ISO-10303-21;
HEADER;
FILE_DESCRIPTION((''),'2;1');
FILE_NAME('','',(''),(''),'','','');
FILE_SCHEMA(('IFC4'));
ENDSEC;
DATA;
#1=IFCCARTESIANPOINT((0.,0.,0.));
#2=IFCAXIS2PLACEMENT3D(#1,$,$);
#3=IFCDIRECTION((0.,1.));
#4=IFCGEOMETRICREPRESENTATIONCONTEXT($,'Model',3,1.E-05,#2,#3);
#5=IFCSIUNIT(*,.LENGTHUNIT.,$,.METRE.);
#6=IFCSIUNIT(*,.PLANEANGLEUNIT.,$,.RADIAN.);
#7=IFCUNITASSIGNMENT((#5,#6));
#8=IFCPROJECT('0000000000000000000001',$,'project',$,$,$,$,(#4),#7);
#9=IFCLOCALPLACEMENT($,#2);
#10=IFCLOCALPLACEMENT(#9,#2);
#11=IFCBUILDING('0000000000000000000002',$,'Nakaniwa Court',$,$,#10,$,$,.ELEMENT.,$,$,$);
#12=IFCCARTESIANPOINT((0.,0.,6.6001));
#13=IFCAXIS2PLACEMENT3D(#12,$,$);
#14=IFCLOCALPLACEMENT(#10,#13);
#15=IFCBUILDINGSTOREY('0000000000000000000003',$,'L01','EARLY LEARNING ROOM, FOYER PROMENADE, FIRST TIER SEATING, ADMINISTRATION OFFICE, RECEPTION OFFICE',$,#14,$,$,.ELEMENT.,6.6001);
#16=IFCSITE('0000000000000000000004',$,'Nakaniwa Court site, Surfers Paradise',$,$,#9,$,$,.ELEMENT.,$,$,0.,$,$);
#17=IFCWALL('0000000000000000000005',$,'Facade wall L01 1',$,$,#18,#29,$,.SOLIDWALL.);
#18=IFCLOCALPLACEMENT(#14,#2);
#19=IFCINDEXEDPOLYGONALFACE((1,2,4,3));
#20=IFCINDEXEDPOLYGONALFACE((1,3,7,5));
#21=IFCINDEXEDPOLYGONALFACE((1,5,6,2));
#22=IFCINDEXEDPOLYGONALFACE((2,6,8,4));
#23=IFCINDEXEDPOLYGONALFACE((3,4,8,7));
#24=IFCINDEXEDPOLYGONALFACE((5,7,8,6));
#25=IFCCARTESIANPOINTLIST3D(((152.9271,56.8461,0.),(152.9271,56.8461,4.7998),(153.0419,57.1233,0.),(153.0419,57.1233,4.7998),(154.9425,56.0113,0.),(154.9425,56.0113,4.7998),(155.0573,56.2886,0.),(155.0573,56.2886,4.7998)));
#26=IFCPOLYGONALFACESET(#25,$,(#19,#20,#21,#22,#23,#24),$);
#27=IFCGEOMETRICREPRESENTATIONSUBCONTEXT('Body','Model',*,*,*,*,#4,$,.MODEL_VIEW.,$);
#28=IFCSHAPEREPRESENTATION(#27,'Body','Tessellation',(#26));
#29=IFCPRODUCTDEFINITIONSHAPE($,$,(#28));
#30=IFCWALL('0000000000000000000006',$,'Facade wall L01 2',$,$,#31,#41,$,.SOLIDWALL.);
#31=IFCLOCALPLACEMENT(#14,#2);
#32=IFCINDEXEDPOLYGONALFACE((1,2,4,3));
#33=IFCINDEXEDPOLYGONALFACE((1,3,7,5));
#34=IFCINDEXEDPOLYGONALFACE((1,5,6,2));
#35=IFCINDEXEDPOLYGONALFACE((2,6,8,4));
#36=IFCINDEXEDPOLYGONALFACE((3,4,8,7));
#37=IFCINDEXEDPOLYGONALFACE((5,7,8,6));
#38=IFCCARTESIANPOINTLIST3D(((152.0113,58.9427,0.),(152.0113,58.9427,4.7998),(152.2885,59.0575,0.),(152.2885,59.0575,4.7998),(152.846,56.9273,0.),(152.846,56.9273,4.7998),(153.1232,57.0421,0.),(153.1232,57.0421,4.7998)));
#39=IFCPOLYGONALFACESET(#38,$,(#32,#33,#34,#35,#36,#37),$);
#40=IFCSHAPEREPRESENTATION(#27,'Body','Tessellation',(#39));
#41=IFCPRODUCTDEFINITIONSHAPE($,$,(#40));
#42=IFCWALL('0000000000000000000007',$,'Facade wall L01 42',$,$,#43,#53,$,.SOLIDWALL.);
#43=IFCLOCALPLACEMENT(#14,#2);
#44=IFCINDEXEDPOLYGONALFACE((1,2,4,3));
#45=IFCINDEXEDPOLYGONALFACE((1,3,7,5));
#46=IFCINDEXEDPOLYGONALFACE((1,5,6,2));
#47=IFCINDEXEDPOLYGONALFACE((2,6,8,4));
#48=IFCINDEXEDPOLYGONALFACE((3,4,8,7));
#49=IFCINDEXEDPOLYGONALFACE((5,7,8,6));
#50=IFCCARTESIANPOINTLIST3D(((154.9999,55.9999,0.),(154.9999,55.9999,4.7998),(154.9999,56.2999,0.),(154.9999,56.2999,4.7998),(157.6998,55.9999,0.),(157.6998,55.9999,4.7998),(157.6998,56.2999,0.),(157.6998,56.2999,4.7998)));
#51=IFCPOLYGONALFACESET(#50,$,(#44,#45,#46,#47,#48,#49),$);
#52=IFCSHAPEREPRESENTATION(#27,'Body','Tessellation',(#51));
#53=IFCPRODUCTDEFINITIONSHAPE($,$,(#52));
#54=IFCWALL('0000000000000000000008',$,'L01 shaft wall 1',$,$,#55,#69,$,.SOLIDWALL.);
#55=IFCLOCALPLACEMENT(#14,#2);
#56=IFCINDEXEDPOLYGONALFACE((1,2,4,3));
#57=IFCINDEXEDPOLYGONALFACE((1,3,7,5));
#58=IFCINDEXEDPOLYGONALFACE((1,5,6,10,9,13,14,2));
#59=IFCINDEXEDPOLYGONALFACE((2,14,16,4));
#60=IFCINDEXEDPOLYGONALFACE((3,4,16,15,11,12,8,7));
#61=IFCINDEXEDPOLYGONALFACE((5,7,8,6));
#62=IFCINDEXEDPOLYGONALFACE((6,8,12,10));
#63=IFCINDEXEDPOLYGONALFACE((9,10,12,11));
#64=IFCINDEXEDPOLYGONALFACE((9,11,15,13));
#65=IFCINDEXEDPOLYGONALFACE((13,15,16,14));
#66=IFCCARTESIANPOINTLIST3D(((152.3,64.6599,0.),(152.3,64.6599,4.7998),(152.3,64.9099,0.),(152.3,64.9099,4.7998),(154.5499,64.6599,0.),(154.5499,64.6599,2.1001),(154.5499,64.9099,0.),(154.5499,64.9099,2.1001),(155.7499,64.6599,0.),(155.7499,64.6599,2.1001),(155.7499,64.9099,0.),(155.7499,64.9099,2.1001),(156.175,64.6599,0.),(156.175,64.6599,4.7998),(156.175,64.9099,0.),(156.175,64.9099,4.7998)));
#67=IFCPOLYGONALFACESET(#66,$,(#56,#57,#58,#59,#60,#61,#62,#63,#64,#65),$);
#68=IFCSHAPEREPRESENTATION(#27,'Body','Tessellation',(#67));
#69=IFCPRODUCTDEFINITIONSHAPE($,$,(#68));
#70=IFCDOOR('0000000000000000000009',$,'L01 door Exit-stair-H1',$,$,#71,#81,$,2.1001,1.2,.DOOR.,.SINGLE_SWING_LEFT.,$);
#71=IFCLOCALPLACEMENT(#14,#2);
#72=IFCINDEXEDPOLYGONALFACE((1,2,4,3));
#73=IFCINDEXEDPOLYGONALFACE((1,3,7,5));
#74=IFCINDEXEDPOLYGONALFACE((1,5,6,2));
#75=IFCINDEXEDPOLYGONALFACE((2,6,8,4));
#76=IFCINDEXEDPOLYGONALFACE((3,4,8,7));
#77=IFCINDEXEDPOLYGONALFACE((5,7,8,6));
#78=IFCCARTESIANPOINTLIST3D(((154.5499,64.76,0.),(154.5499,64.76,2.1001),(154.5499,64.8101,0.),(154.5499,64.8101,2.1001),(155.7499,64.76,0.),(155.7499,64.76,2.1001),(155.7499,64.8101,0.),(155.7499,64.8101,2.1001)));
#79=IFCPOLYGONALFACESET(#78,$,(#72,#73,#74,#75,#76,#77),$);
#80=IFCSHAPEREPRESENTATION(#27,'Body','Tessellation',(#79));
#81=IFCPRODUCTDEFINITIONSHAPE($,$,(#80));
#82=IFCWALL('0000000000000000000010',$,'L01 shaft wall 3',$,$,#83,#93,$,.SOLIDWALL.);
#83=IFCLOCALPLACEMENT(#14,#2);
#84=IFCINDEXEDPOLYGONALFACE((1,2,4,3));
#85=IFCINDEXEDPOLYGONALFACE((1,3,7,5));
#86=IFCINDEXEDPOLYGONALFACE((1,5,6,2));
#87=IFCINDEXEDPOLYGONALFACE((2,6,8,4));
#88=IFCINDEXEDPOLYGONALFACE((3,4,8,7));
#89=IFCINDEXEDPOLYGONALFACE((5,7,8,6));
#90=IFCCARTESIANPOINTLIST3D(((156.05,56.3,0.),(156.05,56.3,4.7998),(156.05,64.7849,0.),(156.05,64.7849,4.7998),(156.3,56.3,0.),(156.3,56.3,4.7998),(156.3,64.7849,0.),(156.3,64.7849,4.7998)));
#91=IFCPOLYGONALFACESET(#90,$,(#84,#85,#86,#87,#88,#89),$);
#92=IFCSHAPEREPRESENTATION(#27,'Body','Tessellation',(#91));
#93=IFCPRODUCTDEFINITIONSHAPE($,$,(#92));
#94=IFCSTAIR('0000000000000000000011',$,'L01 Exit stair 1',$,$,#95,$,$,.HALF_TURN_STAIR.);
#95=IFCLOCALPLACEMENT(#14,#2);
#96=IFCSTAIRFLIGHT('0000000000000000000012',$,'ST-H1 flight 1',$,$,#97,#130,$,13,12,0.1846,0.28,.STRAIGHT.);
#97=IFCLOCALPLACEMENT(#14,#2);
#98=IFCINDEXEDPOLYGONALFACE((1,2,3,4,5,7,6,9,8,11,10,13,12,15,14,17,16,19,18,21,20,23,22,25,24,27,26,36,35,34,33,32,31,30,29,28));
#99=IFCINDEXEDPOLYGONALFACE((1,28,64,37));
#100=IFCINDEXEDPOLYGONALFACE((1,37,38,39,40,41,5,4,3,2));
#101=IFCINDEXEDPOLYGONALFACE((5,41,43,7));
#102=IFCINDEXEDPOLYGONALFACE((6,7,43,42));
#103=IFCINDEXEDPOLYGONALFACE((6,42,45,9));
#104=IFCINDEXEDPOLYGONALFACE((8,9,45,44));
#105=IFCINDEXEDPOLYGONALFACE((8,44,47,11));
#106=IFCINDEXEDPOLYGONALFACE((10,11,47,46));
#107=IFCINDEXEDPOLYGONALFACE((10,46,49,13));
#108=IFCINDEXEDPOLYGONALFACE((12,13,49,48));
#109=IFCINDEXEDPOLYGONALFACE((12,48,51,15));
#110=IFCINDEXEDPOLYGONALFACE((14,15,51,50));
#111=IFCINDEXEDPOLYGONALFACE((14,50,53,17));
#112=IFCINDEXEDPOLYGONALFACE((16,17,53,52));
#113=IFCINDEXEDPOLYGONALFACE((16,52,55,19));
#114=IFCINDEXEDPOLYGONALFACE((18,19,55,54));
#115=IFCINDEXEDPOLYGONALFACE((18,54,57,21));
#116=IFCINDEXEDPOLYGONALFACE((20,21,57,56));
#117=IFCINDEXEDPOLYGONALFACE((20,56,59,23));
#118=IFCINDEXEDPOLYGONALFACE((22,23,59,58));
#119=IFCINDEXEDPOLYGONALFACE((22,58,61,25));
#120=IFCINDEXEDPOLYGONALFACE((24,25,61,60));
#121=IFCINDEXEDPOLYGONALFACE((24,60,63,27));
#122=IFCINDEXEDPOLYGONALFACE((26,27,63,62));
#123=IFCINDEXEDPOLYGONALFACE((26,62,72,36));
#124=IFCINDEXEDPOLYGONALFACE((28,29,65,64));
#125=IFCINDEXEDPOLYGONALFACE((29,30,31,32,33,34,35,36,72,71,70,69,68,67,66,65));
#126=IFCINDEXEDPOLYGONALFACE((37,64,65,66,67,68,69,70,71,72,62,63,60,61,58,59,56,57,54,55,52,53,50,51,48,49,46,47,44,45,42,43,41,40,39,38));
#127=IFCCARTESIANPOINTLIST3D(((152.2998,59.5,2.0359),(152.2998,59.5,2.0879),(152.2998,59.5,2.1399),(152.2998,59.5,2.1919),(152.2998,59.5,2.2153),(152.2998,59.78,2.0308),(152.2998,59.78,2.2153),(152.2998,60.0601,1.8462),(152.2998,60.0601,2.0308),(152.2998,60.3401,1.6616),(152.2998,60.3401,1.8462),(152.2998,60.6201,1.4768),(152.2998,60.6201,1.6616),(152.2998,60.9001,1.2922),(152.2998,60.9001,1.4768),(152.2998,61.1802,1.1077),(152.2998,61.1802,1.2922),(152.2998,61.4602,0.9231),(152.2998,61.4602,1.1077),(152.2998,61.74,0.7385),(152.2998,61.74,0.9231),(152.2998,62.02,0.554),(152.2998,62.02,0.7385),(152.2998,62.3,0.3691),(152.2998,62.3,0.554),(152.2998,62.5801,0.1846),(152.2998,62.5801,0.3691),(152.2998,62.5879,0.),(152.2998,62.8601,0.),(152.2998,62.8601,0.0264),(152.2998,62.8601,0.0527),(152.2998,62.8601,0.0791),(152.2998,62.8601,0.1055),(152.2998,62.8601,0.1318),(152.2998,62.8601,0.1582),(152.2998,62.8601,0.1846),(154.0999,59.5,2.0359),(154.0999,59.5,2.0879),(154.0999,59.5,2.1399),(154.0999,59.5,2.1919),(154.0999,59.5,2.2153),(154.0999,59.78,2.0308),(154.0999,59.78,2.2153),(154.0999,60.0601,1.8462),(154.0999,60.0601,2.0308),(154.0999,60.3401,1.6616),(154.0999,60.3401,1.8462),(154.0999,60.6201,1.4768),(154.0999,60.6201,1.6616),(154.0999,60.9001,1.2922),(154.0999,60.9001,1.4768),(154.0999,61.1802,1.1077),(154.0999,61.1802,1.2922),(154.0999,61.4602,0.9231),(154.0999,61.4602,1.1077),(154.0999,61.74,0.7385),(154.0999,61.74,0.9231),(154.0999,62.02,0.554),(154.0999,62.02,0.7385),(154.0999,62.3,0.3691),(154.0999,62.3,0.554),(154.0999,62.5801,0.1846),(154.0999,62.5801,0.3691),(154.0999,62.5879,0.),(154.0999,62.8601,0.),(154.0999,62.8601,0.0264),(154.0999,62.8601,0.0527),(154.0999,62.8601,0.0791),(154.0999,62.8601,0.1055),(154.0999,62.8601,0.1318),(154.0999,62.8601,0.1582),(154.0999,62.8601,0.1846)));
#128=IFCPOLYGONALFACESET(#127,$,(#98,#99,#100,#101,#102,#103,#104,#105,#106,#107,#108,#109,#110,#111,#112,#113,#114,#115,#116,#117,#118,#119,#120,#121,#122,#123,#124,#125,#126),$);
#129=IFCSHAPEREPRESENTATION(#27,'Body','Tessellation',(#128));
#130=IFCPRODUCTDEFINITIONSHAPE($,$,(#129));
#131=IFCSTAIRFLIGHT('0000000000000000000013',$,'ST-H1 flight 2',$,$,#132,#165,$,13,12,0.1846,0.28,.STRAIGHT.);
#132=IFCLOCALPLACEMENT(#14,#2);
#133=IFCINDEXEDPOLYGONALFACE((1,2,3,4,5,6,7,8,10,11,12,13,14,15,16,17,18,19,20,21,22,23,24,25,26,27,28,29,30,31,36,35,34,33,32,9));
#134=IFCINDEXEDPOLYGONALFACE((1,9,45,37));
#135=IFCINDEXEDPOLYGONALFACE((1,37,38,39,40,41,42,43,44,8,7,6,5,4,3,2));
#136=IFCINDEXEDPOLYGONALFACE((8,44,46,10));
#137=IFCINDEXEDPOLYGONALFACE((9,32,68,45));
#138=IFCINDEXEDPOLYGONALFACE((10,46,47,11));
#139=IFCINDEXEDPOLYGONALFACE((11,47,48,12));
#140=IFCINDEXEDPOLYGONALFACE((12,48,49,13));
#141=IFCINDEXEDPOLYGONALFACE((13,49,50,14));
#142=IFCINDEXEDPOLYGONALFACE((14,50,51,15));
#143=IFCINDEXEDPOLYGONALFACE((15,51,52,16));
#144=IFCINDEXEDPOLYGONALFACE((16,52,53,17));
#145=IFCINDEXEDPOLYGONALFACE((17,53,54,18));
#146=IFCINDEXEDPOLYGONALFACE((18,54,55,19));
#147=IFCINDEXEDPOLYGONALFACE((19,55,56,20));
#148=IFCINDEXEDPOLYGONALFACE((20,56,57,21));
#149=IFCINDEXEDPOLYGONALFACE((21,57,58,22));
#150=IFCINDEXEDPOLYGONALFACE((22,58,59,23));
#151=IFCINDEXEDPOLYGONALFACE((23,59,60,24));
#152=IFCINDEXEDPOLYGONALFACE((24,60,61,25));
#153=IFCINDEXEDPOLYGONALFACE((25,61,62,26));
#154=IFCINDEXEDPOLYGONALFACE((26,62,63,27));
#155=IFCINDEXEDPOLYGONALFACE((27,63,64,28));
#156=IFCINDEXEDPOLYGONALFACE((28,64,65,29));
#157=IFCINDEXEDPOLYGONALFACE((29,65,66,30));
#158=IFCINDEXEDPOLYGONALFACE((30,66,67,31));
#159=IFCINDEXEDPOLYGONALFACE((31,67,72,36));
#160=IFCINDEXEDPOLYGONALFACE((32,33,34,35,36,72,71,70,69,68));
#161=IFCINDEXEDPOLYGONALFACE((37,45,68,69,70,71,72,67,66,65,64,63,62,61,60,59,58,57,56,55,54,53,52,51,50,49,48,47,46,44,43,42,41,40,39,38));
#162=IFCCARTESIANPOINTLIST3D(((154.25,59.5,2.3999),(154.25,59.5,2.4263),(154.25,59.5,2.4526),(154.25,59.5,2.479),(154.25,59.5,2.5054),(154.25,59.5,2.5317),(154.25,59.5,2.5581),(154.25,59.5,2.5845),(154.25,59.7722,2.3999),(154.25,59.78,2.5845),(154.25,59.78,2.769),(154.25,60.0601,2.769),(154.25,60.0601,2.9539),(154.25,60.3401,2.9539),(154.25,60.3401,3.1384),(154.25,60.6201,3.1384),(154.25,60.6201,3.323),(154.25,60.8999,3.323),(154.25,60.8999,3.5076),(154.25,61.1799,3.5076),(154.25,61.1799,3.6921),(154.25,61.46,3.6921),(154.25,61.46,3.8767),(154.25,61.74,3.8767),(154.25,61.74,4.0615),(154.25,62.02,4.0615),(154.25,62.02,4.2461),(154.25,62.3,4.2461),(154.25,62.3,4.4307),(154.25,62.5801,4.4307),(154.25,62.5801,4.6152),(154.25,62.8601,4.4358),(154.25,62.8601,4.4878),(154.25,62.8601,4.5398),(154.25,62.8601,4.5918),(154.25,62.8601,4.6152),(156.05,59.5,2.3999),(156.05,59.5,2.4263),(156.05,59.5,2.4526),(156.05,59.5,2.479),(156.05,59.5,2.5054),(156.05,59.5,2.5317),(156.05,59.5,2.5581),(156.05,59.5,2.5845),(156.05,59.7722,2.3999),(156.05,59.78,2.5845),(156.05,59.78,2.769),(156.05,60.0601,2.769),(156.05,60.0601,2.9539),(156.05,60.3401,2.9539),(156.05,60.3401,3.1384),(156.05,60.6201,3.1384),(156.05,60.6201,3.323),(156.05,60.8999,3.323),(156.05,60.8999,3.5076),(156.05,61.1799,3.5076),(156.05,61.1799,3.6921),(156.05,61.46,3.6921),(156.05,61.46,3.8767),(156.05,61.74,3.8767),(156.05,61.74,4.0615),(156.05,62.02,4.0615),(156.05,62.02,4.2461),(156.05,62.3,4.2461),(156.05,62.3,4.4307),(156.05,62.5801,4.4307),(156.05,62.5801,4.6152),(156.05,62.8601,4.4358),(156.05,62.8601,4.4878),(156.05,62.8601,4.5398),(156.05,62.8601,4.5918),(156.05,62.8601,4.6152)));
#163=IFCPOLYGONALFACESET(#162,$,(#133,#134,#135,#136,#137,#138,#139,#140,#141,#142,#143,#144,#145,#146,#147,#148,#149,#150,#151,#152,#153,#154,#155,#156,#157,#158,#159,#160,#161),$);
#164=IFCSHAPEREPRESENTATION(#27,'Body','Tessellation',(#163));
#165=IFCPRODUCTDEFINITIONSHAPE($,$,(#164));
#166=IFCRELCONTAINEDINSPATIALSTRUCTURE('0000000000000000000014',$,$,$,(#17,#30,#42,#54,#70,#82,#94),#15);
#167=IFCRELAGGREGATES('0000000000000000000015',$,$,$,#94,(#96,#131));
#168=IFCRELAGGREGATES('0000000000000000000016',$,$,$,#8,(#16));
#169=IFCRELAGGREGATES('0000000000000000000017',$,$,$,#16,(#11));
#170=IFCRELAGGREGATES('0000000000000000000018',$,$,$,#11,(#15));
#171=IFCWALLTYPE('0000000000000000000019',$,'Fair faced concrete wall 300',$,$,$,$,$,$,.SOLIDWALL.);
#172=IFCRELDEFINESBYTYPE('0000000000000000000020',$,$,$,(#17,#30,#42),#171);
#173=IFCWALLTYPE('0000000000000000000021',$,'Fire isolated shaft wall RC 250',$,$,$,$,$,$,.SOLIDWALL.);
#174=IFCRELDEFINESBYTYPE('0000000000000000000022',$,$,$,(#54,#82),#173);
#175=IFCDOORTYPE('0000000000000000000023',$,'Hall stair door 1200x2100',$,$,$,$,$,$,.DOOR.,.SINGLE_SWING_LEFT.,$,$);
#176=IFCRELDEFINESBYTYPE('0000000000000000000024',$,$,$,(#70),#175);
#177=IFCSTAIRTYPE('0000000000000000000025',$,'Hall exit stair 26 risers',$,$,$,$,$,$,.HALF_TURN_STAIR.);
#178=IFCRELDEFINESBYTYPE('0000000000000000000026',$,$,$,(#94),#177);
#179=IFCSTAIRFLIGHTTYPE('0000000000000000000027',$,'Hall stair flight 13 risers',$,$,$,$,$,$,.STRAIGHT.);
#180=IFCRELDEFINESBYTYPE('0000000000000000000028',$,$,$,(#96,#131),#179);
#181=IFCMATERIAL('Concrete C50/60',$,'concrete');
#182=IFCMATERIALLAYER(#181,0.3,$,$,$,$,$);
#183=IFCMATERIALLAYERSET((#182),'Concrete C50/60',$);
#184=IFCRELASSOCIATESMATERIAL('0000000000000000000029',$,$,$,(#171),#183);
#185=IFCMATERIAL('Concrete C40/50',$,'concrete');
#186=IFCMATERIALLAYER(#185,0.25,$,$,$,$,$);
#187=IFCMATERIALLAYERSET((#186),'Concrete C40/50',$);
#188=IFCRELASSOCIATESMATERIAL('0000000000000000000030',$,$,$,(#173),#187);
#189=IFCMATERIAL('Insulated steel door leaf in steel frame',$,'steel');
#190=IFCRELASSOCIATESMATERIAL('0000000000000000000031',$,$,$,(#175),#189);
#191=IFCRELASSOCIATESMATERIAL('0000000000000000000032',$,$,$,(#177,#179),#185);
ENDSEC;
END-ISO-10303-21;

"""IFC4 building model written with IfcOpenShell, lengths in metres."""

from ifc_helpers import new_model, si_unit, direction, frame, frame_2d, origin, place, context, subcontext, project, spatial, polyline, rectangle, outline, extrude, material, layer, layer_set, type_object, element, fill, aggregate, save


model = new_model("IFC4")

# Units and contexts
model_context = context("Model", 3, precision=1e-05, world=origin(), true_north=direction((0.0, 1.0)))
body_context = subcontext(model_context, "Body", "Model", "MODEL_VIEW")
ifc_project = project(units=[si_unit("LENGTHUNIT", "METRE"), si_unit("PLANEANGLEUNIT", "RADIAN")], contexts=[model_context])

# Site, building, storey
site_placement = place(None, origin())
site = spatial("IfcSite", under=ifc_project, at=site_placement, Name="Nakaniwa Court site, Surfers Paradise", CompositionType="ELEMENT", RefElevation=0.0)
building_placement = place(site_placement, origin())
building = spatial("IfcBuilding", under=site, at=building_placement, Name="Nakaniwa Court", CompositionType="ELEMENT")
storey_placement = place(building_placement, frame((0.0, 0.0, 6.6001)))
storey = spatial("IfcBuildingStorey", under=building, at=storey_placement, Name="L01", Description="EARLY LEARNING ROOM, FOYER PROMENADE, FIRST TIER SEATING, ADMINISTRATION OFFICE, RECEPTION OFFICE", CompositionType="ELEMENT", Elevation=6.6001)

# Shared definitions
ifc_material_1 = material(Name="Concrete C50/60", Category="concrete")

# Walls
ifc_layer_1 = layer(ifc_material_1, 0.3)
ifc_layer_set_1 = layer_set([ifc_layer_1], Name="Concrete C50/60")
wall_type_1 = type_object("IfcWallType", Name="Fair faced concrete wall 300", PredefinedType="SOLIDWALL", material=ifc_layer_set_1)
for number, where, z_axis, x_axis, name in (
    (1, (155.0, 56.1499, 0.0), (0.0, 0.0, 1.0), (-0.923893, 0.382652, 0.0), "Facade wall L01 1"),
    (2, (152.9846, 56.9846, 0.0), (0.0, 0.0, 1.0), (-0.382652, 0.923893, 0.0), "Facade wall L01 2"),
):
    element("IfcWall", number, at=place(storey_placement, frame(where, z_axis=z_axis, x_axis=x_axis)), inside=storey, type_object=wall_type_1, Name=name, PredefinedType="SOLIDWALL", context=body_context, shape_type="SweptSolid", body=[
        extrude(rectangle(XDim=2.1814, YDim=0.3, at=frame_2d((1.0908, 0.0))), origin(), (0.0, 0.0, 1.0), 4.7998),
    ])
wall_1_placement = place(storey_placement, frame((157.7, 56.1499, 0.0), z_axis=(0.0, 0.0, 1.0), x_axis=(-1.0, 0.0, 0.0)))
element("IfcWall", 3, at=wall_1_placement, inside=storey, type_object=wall_type_1, Name="Facade wall L01 42", PredefinedType="SOLIDWALL", context=body_context, shape_type="SweptSolid", body=[
    extrude(rectangle(XDim=2.7, YDim=0.3, at=frame_2d((1.3501, 0.0))), origin(), (0.0, 0.0, 1.0), 4.7998),
])

# Wall, opening, door
ifc_material_2 = material(Name="Concrete C40/50", Category="concrete")
ifc_layer_2 = layer(ifc_material_2, 0.25)
ifc_layer_set_2 = layer_set([ifc_layer_2], Name="Concrete C40/50")
wall_type_2 = type_object("IfcWallType", Name="Fire isolated shaft wall RC 250", PredefinedType="SOLIDWALL", material=ifc_layer_set_2)
wall_2_placement = place(storey_placement, frame((156.175, 64.7849, 0.0), z_axis=(0.0, 0.0, 1.0), x_axis=(-1.0, 0.0, 0.0)))
wall_2 = element("IfcWall", 4, at=wall_2_placement, inside=storey, type_object=wall_type_2, Name="L01 shaft wall 1", PredefinedType="SOLIDWALL", context=body_context, shape_type="SweptSolid", body=[
    extrude(rectangle(XDim=3.875, YDim=0.25, at=frame_2d((1.9375, 0.0))), origin(), (0.0, 0.0, 1.0), 4.7998),
])
opening_placement = place(wall_2_placement, frame((0.425, 0.0, 0.0)))
opening = element("IfcOpeningElement", 5, at=opening_placement, cuts=wall_2, PredefinedType="OPENING", context=body_context, shape_type="SweptSolid", body=[
    extrude(rectangle(XDim=1.2, YDim=2.1001, at=frame_2d((0.6001, 1.05))), frame((0.0, 0.135, 0.0), z_axis=(0.0, -1.0, 0.0), x_axis=(1.0, 0.0, 0.0)), (0.0, 0.0, 1.0), 0.27),
])
ifc_material_3 = material(Name="Insulated steel door leaf in steel frame", Category="steel")
door_type = type_object("IfcDoorType", Name="Hall stair door 1200x2100", OperationType="SINGLE_SWING_LEFT", PredefinedType="DOOR", material=ifc_material_3)
door_placement = place(opening_placement, origin())
door = element("IfcDoor", 6, at=door_placement, inside=storey, type_object=door_type, Name="L01 door Exit-stair-H1", OperationType="SINGLE_SWING_LEFT", OverallHeight=2.1001, OverallWidth=1.2, PredefinedType="DOOR", context=body_context, shape_type="SweptSolid", body=[
    extrude(rectangle(XDim=1.2, YDim=2.1001, at=frame_2d((0.6001, 1.05))), frame((0.0, 0.0249, 0.0), z_axis=(0.0, -1.0, 0.0), x_axis=(1.0, 0.0, 0.0)), (0.0, 0.0, 1.0), 0.05),
])
fill(opening, door)

# Wall
wall_3_placement = place(storey_placement, frame((156.175, 64.7849, 0.0), z_axis=(0.0, 0.0, 1.0), x_axis=(0.0, -1.0, 0.0)))
element("IfcWall", 7, at=wall_3_placement, inside=storey, type_object=wall_type_2, Name="L01 shaft wall 3", PredefinedType="SOLIDWALL", context=body_context, shape_type="SweptSolid", body=[
    extrude(rectangle(XDim=8.4849, YDim=0.25, at=frame_2d((4.2424, 0.0))), origin(), (0.0, 0.0, 1.0), 4.7998),
])

# Stair, stair flights
stair_type = type_object("IfcStairType", Name="Hall exit stair 26 risers", PredefinedType="HALF_TURN_STAIR", material=ifc_material_2)
stair_placement = place(storey_placement, origin())
stair = element("IfcStair", 8, at=stair_placement, inside=storey, type_object=stair_type, Name="L01 Exit stair 1", PredefinedType="HALF_TURN_STAIR")
stair_flight_type = type_object("IfcStairFlightType", Name="Hall stair flight 13 risers", PredefinedType="STRAIGHT", material=ifc_material_2)
stair_flight_1_placement = place(storey_placement, frame((153.2, 62.8601, 0.0), z_axis=(0.0, 0.0, 1.0), x_axis=(0.0, -1.0, 0.0)))
stair_flight_1 = element("IfcStairFlight", 9, at=stair_flight_1_placement, type_object=stair_flight_type, Name="ST-H1 flight 1", NumberOfRisers=13, NumberOfTreads=12, PredefinedType="STRAIGHT", RiserHeight=0.1846, TreadLength=0.28, context=body_context, shape_type="SweptSolid", body=[
    extrude(outline(polyline([(0.0, 0.0), (0.0, 0.0264), (0.0, 0.0527), (0.0, 0.0791), (0.0, 0.1055), (0.0, 0.1318), (0.0, 0.1582), (0.0, 0.1846), (0.28, 0.1846), (0.28, 0.3691), (0.5601, 0.3691), (0.5601, 0.554), (0.8401, 0.554), (0.8401, 0.7385), (1.1201, 0.7385), (1.1201, 0.9231), (1.3999, 0.9231), (1.3999, 1.1077), (1.6799, 1.1077), (1.6799, 1.2922), (1.96, 1.2922), (1.96, 1.4768), (2.24, 1.4768), (2.24, 1.6616), (2.52, 1.6616), (2.52, 1.8462), (2.8, 1.8462), (2.8, 2.0308), (3.0801, 2.0308), (3.0801, 2.2153), (3.3601, 2.2153), (3.3601, 2.3999), (3.3601, 2.3479), (3.3601, 2.2959), (3.3601, 2.2439), (3.3601, 2.1919), (3.3601, 2.1399), (3.3601, 2.0879), (3.3601, 2.0359), (0.2722, 0.0), (0.0, 0.0)])), frame((0.0, 0.8999, 0.0), z_axis=(0.0, -1.0, 0.0), x_axis=(1.0, 0.0, 0.0)), (0.0, 0.0, 1.0), 1.8),
])
stair_flight_2_placement = place(storey_placement, frame((155.1499, 59.5, 2.3999), z_axis=(0.0, 0.0, 1.0), x_axis=(0.0, 1.0, 0.0)))
stair_flight_2 = element("IfcStairFlight", 10, at=stair_flight_2_placement, type_object=stair_flight_type, Name="ST-H1 flight 2", NumberOfRisers=13, NumberOfTreads=12, PredefinedType="STRAIGHT", RiserHeight=0.1846, TreadLength=0.28, context=body_context, shape_type="SweptSolid", body=[
    extrude(outline(polyline([(0.0, 0.0), (0.0, 0.0264), (0.0, 0.0527), (0.0, 0.0791), (0.0, 0.1055), (0.0, 0.1318), (0.0, 0.1582), (0.0, 0.1846), (0.28, 0.1846), (0.28, 0.3691), (0.5601, 0.3691), (0.5601, 0.554), (0.8401, 0.554), (0.8401, 0.7385), (1.1201, 0.7385), (1.1201, 0.9231), (1.3999, 0.9231), (1.3999, 1.1077), (1.6799, 1.1077), (1.6799, 1.2922), (1.96, 1.2922), (1.96, 1.4768), (2.24, 1.4768), (2.24, 1.6616), (2.52, 1.6616), (2.52, 1.8462), (2.8, 1.8462), (2.8, 2.0308), (3.0801, 2.0308), (3.0801, 2.2153), (3.3601, 2.2153), (3.3601, 2.3999), (3.3601, 2.3479), (3.3601, 2.2959), (3.3601, 2.2439), (3.3601, 2.1919), (3.3601, 2.1399), (3.3601, 2.0879), (3.3601, 2.0359), (0.2722, 0.0), (0.0, 0.0)])), frame((0.0, 0.8999, 0.0), z_axis=(0.0, -1.0, 0.0), x_axis=(1.0, 0.0, 0.0)), (0.0, 0.0, 1.0), 1.8),
])
aggregate(stair, [stair_flight_1, stair_flight_2])

save(model, "model.ifc")
